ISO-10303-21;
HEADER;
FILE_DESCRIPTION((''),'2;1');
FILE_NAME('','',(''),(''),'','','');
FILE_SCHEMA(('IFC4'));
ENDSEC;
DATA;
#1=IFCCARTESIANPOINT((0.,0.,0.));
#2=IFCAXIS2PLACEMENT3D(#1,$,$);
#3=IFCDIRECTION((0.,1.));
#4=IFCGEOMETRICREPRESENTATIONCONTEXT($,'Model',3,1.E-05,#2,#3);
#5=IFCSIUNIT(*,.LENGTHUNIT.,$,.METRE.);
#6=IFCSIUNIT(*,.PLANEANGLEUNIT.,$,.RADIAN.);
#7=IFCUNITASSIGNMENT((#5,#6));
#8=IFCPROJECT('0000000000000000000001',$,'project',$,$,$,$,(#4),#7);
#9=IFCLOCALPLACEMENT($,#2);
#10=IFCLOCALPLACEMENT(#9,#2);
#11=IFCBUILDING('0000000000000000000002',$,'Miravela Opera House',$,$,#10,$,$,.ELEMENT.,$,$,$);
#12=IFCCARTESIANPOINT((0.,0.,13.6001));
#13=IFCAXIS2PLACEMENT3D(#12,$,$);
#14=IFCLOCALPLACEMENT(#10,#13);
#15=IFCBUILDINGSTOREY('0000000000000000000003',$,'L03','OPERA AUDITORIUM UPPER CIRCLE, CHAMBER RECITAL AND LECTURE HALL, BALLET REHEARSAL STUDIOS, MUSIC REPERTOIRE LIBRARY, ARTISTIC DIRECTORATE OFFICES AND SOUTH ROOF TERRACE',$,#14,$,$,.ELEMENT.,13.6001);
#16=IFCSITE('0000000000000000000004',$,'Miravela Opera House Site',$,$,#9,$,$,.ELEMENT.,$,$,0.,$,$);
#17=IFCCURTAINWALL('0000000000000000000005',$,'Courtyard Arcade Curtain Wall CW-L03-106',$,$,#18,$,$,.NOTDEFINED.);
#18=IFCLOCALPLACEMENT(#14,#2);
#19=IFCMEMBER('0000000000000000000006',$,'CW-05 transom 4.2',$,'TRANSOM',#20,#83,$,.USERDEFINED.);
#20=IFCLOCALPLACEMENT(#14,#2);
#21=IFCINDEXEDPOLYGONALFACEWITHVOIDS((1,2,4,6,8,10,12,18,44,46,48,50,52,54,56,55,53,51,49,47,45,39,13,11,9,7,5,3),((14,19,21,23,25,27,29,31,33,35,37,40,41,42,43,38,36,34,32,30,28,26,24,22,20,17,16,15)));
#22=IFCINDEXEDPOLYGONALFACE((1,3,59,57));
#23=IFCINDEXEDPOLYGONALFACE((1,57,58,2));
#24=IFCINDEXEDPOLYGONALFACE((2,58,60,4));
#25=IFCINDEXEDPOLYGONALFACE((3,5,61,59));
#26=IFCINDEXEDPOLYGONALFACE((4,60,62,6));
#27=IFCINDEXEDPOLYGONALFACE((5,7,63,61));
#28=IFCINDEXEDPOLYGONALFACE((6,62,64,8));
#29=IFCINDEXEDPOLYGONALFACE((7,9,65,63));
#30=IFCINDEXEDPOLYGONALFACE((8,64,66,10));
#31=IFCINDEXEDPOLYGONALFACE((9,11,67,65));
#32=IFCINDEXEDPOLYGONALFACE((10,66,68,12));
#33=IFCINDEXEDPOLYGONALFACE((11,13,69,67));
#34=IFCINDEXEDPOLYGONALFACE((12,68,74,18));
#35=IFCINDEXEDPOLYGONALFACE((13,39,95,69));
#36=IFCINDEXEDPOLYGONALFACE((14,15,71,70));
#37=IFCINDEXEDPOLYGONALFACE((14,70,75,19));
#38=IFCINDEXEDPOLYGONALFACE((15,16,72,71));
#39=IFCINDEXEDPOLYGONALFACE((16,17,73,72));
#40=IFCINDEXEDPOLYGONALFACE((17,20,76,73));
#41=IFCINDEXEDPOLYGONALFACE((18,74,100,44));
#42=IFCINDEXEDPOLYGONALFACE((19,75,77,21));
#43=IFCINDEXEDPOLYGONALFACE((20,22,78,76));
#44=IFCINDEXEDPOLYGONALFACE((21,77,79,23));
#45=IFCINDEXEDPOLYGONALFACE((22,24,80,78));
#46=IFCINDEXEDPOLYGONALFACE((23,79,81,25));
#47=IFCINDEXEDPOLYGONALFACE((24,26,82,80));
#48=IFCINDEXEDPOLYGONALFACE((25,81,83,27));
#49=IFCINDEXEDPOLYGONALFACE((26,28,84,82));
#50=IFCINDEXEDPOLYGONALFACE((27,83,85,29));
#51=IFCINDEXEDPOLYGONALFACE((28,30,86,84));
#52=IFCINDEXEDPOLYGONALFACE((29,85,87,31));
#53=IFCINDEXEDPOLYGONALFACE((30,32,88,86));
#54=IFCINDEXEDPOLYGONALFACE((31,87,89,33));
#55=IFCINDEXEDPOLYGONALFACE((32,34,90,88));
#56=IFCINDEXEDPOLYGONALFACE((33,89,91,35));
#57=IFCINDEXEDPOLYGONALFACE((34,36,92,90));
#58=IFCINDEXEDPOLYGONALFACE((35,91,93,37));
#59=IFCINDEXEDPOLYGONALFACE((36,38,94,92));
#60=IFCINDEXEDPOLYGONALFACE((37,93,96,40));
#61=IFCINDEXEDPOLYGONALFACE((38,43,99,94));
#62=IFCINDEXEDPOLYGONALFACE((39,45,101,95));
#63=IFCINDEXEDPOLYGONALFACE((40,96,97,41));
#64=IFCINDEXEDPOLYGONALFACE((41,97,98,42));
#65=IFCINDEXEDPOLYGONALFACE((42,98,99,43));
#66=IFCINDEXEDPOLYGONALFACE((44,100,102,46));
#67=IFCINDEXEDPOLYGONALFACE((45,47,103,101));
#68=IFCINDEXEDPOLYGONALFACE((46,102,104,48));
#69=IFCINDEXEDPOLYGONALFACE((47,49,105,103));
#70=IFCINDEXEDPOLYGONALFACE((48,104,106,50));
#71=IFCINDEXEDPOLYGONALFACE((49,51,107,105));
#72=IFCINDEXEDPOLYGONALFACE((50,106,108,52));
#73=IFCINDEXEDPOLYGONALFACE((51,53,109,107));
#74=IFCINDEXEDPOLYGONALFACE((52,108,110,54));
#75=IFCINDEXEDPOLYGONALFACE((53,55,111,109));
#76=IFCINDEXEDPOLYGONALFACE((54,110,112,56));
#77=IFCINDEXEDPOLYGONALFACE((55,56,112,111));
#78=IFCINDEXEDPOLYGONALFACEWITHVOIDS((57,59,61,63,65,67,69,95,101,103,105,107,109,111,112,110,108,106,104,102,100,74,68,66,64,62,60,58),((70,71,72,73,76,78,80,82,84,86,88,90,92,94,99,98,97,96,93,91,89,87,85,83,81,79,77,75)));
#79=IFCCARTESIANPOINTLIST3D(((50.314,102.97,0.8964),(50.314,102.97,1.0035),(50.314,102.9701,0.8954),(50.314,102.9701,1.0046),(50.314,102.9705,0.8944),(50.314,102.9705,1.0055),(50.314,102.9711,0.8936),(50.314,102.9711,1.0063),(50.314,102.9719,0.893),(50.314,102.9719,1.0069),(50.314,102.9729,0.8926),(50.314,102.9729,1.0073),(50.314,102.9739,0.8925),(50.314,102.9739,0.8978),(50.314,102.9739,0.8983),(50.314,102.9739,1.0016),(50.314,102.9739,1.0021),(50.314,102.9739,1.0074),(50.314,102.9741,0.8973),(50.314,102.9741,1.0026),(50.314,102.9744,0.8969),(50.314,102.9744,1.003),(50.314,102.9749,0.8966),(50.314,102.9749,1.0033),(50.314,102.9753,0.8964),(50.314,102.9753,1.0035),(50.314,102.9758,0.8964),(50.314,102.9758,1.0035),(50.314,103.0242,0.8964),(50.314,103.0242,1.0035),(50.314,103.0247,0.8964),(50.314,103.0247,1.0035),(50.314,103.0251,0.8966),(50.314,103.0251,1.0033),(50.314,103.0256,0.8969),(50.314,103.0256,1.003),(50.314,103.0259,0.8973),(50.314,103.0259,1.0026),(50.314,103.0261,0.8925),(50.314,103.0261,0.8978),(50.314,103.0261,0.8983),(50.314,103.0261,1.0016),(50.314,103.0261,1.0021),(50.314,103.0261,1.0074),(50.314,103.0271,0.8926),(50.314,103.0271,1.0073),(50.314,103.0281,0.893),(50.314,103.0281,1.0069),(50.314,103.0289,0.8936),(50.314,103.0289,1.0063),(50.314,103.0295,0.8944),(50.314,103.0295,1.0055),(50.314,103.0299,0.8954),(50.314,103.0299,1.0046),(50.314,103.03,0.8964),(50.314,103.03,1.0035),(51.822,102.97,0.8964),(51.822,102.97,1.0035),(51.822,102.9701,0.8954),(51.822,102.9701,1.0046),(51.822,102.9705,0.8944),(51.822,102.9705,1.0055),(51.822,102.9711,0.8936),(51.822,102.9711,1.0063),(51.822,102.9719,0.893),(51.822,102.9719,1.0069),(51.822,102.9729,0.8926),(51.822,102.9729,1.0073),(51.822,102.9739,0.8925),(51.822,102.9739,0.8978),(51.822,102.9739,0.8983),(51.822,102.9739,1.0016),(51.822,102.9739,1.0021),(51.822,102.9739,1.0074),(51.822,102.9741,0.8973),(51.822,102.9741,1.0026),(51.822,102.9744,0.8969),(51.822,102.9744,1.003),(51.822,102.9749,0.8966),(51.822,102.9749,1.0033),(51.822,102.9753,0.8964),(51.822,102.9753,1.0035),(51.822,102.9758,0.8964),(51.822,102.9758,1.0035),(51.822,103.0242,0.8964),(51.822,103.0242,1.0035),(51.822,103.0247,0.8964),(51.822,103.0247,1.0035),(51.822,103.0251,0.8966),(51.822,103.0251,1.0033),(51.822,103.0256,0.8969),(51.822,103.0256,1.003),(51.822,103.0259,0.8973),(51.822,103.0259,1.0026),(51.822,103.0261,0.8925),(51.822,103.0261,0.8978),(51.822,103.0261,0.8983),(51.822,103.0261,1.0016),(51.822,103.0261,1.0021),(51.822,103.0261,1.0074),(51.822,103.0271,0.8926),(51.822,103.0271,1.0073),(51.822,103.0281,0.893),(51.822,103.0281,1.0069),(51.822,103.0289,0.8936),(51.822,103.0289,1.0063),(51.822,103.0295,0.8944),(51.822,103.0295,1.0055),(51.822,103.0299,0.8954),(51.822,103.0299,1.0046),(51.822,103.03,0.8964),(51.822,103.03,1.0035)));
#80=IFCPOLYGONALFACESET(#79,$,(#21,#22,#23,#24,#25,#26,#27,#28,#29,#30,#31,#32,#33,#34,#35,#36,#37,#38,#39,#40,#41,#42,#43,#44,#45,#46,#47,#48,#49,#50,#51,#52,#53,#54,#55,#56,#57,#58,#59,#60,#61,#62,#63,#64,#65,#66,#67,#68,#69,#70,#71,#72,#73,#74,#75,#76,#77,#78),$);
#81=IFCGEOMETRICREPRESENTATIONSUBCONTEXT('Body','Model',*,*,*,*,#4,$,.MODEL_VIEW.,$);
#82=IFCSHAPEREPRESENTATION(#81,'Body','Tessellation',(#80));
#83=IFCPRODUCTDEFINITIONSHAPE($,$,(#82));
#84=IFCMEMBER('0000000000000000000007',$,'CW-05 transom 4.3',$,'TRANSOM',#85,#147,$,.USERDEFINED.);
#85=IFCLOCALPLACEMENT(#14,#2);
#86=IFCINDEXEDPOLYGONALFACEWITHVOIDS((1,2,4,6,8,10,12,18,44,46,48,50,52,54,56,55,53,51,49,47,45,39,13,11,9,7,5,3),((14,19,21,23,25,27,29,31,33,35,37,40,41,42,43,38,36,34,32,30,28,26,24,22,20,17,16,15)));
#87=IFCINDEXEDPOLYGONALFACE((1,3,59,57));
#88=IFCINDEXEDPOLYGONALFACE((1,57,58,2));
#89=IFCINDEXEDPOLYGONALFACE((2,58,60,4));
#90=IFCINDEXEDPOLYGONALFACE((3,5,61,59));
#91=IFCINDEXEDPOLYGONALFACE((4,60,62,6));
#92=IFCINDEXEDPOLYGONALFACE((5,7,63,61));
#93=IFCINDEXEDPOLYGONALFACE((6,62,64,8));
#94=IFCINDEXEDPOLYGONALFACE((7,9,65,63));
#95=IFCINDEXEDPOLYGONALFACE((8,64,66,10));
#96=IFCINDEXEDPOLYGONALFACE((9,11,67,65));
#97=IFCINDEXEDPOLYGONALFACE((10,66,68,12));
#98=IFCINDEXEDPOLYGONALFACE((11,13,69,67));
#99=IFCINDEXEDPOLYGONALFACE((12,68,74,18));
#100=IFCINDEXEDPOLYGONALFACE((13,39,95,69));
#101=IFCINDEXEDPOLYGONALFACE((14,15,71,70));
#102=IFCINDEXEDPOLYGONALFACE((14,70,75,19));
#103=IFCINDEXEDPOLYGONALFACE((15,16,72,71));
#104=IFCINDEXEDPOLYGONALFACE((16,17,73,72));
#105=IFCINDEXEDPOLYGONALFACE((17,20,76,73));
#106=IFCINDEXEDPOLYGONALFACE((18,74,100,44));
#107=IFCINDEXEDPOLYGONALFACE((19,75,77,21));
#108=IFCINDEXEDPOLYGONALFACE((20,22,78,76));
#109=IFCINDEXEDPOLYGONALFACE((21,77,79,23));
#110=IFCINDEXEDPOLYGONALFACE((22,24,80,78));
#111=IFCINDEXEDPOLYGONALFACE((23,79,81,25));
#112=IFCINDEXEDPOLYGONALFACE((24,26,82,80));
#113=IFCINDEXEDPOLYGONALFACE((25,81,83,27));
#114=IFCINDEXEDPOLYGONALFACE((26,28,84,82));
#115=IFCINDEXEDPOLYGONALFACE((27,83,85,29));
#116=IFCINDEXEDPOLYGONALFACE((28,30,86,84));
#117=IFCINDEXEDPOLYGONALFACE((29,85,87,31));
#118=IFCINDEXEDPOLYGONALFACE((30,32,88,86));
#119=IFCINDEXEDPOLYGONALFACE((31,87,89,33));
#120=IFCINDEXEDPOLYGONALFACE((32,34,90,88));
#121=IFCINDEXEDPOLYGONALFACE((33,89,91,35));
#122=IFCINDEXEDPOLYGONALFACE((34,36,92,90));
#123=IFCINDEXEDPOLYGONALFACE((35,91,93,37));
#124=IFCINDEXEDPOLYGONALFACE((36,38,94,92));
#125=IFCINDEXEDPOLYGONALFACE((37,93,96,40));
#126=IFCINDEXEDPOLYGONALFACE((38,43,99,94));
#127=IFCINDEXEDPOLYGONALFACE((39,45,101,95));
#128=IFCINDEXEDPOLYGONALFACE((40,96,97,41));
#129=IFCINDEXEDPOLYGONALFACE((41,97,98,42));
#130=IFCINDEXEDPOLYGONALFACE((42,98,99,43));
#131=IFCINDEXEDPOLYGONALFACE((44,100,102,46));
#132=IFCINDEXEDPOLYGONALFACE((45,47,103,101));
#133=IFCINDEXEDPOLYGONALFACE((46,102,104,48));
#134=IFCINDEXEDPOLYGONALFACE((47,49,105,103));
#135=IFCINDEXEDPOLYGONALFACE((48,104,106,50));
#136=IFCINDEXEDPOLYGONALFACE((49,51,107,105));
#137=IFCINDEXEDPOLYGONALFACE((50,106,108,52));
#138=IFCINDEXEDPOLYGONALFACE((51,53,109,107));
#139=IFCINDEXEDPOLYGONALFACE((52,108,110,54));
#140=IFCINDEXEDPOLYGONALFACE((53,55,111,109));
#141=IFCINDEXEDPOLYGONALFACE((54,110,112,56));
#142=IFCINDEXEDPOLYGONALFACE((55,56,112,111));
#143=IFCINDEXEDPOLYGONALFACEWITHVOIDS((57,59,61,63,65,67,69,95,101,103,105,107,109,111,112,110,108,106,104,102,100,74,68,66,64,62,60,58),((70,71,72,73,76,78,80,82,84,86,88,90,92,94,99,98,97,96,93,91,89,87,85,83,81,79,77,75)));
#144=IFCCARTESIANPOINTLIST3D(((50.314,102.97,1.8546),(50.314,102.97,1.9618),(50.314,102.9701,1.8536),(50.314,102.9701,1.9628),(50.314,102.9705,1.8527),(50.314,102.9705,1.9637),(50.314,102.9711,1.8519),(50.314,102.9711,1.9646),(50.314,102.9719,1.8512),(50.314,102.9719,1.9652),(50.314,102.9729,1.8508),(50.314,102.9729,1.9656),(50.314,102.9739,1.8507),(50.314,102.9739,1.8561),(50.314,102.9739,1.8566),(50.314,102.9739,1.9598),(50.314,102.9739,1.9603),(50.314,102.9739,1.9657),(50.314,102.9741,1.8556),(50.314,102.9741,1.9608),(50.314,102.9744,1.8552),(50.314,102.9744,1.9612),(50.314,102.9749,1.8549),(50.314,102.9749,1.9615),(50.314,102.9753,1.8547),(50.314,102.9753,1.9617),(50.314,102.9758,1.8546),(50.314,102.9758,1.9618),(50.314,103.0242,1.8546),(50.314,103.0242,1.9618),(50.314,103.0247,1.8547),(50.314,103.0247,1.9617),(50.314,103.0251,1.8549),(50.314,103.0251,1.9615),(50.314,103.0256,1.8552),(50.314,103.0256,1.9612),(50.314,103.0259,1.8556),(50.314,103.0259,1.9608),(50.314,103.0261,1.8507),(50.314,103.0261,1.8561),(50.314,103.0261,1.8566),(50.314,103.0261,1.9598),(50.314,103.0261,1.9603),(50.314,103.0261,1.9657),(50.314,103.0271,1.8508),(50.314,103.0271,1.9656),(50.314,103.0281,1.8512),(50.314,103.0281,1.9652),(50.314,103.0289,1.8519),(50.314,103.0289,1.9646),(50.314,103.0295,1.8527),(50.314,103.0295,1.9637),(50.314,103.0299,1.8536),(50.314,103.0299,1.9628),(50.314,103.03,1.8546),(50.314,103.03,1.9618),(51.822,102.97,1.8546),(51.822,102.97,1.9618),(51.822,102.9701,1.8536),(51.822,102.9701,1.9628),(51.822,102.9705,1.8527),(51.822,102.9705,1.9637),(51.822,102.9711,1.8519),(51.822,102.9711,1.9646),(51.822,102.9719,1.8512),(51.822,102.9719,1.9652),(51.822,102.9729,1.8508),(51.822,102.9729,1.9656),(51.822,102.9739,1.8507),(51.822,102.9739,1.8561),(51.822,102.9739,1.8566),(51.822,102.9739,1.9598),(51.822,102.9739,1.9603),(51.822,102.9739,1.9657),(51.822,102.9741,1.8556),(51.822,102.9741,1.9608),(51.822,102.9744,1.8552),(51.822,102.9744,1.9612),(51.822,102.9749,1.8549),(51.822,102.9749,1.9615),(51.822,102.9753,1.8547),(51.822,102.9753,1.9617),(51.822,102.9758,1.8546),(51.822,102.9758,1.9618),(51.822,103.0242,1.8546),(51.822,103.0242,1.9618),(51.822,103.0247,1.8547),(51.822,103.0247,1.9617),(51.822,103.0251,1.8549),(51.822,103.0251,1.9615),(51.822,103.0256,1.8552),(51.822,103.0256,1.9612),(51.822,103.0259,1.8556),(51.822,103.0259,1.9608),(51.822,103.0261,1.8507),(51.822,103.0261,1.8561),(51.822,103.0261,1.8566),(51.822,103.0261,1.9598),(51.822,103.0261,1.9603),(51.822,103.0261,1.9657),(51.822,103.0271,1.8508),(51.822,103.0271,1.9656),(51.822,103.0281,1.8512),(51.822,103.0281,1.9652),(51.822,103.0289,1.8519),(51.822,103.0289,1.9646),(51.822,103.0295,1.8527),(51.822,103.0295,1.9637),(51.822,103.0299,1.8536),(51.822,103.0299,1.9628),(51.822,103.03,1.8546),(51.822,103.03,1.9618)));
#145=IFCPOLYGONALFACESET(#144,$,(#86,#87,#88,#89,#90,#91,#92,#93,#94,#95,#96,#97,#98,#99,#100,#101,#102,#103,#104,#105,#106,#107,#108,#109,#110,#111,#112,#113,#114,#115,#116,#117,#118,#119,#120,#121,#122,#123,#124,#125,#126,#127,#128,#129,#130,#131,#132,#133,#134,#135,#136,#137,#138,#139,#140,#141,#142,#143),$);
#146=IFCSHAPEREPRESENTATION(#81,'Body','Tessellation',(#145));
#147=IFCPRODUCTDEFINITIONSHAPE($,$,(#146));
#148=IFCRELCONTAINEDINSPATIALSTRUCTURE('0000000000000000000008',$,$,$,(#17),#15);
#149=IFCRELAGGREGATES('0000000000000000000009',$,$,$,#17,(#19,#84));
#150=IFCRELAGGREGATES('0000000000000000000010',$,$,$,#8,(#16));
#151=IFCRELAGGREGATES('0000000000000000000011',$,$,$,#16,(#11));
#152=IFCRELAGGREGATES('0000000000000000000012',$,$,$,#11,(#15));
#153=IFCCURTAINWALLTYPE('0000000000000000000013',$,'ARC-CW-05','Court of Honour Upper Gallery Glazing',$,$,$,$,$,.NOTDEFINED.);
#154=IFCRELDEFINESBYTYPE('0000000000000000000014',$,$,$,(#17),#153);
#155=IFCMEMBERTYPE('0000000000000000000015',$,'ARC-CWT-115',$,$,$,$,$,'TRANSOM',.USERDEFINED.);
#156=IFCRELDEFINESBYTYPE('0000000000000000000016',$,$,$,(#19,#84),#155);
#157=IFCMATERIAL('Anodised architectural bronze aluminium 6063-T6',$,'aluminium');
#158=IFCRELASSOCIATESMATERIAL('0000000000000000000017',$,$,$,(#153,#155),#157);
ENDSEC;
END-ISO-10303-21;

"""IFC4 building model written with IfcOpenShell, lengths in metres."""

from ifc_helpers import new_model, si_unit, direction, frame, origin, origin_2d, place, context, subcontext, project, spatial, hollow_rectangle, extrude, material, material_profile, profile_set, type_object, element, aggregate, save


model = new_model("IFC4")

# Units and contexts
model_context = context("Model", 3, precision=1e-05, world=origin(), true_north=direction((0.0, 1.0)))
body_context = subcontext(model_context, "Body", "Model", "MODEL_VIEW")
ifc_project = project(units=[si_unit("LENGTHUNIT", "METRE"), si_unit("PLANEANGLEUNIT", "RADIAN")], contexts=[model_context])

# Site, building, storey
site_placement = place(None, origin())
site = spatial("IfcSite", under=ifc_project, at=site_placement, Name="Miravela Opera House Site", CompositionType="ELEMENT", RefElevation=0.0)
building_placement = place(site_placement, origin())
building = spatial("IfcBuilding", under=site, at=building_placement, Name="Miravela Opera House", CompositionType="ELEMENT")
storey_placement = place(building_placement, frame((0.0, 0.0, 13.6001)))
storey = spatial("IfcBuildingStorey", under=building, at=storey_placement, Name="L03", Description="OPERA AUDITORIUM UPPER CIRCLE, CHAMBER RECITAL AND LECTURE HALL, BALLET REHEARSAL STUDIOS, MUSIC REPERTOIRE LIBRARY, ARTISTIC DIRECTORATE OFFICES AND SOUTH ROOF TERRACE", CompositionType="ELEMENT", Elevation=13.6001)

# Curtain wall
ifc_material_1 = material(Name="Anodised architectural bronze aluminium 6063-T6", Category="aluminium")
curtain_wall_type = type_object("IfcCurtainWallType", Name="ARC-CW-05", Description="Court of Honour Upper Gallery Glazing", PredefinedType="NOTDEFINED", material=ifc_material_1)
curtain_wall_1_placement = place(storey_placement, origin())
curtain_wall_1 = element("IfcCurtainWall", 1, at=curtain_wall_1_placement, inside=storey, type_object=curtain_wall_type, Name="Courtyard Arcade Curtain Wall CW-L03-106", PredefinedType="NOTDEFINED")

# Members
ifc_material_profile_1 = material_profile(ifc_material_1, hollow_rectangle(XDim=0.0601, YDim=0.115, WallThickness=0.0039, InnerFilletRadius=0.002, OuterFilletRadius=0.0039, at=origin_2d()), Name="CWT-60X115")
ifc_profile_set_1 = profile_set([ifc_material_profile_1])
member_type_1 = type_object("IfcMemberType", Name="ARC-CWT-115", ElementType="TRANSOM", PredefinedType="USERDEFINED", material=ifc_profile_set_1)
member_1_placement = place(storey_placement, frame((50.314, 103.0, 0.95), z_axis=(1.0, 0.0, 0.0), x_axis=(0.0, 1.0, 0.0)))
member_1 = element("IfcMember", 2, at=member_1_placement, type_object=member_type_1, Name="CW-05 transom 4.2", ObjectType="TRANSOM", PredefinedType="USERDEFINED", context=body_context, shape_type="SweptSolid", body=[
    extrude(hollow_rectangle(XDim=0.0601, YDim=0.115, WallThickness=0.0039, InnerFilletRadius=0.002, OuterFilletRadius=0.0039, at=origin_2d()), origin(), (0.0, 0.0, 1.0), 1.5081),
])
member_2_placement = place(storey_placement, frame((50.314, 103.0, 1.9082), z_axis=(1.0, 0.0, 0.0), x_axis=(0.0, 1.0, 0.0)))
member_2 = element("IfcMember", 3, at=member_2_placement, type_object=member_type_1, Name="CW-05 transom 4.3", ObjectType="TRANSOM", PredefinedType="USERDEFINED", context=body_context, shape_type="SweptSolid", body=[
    extrude(hollow_rectangle(XDim=0.0601, YDim=0.115, WallThickness=0.0039, InnerFilletRadius=0.002, OuterFilletRadius=0.0039, at=origin_2d()), origin(), (0.0, 0.0, 1.0), 1.5081),
])

aggregate(curtain_wall_1, [member_1, member_2])

save(model, "model.ifc")
